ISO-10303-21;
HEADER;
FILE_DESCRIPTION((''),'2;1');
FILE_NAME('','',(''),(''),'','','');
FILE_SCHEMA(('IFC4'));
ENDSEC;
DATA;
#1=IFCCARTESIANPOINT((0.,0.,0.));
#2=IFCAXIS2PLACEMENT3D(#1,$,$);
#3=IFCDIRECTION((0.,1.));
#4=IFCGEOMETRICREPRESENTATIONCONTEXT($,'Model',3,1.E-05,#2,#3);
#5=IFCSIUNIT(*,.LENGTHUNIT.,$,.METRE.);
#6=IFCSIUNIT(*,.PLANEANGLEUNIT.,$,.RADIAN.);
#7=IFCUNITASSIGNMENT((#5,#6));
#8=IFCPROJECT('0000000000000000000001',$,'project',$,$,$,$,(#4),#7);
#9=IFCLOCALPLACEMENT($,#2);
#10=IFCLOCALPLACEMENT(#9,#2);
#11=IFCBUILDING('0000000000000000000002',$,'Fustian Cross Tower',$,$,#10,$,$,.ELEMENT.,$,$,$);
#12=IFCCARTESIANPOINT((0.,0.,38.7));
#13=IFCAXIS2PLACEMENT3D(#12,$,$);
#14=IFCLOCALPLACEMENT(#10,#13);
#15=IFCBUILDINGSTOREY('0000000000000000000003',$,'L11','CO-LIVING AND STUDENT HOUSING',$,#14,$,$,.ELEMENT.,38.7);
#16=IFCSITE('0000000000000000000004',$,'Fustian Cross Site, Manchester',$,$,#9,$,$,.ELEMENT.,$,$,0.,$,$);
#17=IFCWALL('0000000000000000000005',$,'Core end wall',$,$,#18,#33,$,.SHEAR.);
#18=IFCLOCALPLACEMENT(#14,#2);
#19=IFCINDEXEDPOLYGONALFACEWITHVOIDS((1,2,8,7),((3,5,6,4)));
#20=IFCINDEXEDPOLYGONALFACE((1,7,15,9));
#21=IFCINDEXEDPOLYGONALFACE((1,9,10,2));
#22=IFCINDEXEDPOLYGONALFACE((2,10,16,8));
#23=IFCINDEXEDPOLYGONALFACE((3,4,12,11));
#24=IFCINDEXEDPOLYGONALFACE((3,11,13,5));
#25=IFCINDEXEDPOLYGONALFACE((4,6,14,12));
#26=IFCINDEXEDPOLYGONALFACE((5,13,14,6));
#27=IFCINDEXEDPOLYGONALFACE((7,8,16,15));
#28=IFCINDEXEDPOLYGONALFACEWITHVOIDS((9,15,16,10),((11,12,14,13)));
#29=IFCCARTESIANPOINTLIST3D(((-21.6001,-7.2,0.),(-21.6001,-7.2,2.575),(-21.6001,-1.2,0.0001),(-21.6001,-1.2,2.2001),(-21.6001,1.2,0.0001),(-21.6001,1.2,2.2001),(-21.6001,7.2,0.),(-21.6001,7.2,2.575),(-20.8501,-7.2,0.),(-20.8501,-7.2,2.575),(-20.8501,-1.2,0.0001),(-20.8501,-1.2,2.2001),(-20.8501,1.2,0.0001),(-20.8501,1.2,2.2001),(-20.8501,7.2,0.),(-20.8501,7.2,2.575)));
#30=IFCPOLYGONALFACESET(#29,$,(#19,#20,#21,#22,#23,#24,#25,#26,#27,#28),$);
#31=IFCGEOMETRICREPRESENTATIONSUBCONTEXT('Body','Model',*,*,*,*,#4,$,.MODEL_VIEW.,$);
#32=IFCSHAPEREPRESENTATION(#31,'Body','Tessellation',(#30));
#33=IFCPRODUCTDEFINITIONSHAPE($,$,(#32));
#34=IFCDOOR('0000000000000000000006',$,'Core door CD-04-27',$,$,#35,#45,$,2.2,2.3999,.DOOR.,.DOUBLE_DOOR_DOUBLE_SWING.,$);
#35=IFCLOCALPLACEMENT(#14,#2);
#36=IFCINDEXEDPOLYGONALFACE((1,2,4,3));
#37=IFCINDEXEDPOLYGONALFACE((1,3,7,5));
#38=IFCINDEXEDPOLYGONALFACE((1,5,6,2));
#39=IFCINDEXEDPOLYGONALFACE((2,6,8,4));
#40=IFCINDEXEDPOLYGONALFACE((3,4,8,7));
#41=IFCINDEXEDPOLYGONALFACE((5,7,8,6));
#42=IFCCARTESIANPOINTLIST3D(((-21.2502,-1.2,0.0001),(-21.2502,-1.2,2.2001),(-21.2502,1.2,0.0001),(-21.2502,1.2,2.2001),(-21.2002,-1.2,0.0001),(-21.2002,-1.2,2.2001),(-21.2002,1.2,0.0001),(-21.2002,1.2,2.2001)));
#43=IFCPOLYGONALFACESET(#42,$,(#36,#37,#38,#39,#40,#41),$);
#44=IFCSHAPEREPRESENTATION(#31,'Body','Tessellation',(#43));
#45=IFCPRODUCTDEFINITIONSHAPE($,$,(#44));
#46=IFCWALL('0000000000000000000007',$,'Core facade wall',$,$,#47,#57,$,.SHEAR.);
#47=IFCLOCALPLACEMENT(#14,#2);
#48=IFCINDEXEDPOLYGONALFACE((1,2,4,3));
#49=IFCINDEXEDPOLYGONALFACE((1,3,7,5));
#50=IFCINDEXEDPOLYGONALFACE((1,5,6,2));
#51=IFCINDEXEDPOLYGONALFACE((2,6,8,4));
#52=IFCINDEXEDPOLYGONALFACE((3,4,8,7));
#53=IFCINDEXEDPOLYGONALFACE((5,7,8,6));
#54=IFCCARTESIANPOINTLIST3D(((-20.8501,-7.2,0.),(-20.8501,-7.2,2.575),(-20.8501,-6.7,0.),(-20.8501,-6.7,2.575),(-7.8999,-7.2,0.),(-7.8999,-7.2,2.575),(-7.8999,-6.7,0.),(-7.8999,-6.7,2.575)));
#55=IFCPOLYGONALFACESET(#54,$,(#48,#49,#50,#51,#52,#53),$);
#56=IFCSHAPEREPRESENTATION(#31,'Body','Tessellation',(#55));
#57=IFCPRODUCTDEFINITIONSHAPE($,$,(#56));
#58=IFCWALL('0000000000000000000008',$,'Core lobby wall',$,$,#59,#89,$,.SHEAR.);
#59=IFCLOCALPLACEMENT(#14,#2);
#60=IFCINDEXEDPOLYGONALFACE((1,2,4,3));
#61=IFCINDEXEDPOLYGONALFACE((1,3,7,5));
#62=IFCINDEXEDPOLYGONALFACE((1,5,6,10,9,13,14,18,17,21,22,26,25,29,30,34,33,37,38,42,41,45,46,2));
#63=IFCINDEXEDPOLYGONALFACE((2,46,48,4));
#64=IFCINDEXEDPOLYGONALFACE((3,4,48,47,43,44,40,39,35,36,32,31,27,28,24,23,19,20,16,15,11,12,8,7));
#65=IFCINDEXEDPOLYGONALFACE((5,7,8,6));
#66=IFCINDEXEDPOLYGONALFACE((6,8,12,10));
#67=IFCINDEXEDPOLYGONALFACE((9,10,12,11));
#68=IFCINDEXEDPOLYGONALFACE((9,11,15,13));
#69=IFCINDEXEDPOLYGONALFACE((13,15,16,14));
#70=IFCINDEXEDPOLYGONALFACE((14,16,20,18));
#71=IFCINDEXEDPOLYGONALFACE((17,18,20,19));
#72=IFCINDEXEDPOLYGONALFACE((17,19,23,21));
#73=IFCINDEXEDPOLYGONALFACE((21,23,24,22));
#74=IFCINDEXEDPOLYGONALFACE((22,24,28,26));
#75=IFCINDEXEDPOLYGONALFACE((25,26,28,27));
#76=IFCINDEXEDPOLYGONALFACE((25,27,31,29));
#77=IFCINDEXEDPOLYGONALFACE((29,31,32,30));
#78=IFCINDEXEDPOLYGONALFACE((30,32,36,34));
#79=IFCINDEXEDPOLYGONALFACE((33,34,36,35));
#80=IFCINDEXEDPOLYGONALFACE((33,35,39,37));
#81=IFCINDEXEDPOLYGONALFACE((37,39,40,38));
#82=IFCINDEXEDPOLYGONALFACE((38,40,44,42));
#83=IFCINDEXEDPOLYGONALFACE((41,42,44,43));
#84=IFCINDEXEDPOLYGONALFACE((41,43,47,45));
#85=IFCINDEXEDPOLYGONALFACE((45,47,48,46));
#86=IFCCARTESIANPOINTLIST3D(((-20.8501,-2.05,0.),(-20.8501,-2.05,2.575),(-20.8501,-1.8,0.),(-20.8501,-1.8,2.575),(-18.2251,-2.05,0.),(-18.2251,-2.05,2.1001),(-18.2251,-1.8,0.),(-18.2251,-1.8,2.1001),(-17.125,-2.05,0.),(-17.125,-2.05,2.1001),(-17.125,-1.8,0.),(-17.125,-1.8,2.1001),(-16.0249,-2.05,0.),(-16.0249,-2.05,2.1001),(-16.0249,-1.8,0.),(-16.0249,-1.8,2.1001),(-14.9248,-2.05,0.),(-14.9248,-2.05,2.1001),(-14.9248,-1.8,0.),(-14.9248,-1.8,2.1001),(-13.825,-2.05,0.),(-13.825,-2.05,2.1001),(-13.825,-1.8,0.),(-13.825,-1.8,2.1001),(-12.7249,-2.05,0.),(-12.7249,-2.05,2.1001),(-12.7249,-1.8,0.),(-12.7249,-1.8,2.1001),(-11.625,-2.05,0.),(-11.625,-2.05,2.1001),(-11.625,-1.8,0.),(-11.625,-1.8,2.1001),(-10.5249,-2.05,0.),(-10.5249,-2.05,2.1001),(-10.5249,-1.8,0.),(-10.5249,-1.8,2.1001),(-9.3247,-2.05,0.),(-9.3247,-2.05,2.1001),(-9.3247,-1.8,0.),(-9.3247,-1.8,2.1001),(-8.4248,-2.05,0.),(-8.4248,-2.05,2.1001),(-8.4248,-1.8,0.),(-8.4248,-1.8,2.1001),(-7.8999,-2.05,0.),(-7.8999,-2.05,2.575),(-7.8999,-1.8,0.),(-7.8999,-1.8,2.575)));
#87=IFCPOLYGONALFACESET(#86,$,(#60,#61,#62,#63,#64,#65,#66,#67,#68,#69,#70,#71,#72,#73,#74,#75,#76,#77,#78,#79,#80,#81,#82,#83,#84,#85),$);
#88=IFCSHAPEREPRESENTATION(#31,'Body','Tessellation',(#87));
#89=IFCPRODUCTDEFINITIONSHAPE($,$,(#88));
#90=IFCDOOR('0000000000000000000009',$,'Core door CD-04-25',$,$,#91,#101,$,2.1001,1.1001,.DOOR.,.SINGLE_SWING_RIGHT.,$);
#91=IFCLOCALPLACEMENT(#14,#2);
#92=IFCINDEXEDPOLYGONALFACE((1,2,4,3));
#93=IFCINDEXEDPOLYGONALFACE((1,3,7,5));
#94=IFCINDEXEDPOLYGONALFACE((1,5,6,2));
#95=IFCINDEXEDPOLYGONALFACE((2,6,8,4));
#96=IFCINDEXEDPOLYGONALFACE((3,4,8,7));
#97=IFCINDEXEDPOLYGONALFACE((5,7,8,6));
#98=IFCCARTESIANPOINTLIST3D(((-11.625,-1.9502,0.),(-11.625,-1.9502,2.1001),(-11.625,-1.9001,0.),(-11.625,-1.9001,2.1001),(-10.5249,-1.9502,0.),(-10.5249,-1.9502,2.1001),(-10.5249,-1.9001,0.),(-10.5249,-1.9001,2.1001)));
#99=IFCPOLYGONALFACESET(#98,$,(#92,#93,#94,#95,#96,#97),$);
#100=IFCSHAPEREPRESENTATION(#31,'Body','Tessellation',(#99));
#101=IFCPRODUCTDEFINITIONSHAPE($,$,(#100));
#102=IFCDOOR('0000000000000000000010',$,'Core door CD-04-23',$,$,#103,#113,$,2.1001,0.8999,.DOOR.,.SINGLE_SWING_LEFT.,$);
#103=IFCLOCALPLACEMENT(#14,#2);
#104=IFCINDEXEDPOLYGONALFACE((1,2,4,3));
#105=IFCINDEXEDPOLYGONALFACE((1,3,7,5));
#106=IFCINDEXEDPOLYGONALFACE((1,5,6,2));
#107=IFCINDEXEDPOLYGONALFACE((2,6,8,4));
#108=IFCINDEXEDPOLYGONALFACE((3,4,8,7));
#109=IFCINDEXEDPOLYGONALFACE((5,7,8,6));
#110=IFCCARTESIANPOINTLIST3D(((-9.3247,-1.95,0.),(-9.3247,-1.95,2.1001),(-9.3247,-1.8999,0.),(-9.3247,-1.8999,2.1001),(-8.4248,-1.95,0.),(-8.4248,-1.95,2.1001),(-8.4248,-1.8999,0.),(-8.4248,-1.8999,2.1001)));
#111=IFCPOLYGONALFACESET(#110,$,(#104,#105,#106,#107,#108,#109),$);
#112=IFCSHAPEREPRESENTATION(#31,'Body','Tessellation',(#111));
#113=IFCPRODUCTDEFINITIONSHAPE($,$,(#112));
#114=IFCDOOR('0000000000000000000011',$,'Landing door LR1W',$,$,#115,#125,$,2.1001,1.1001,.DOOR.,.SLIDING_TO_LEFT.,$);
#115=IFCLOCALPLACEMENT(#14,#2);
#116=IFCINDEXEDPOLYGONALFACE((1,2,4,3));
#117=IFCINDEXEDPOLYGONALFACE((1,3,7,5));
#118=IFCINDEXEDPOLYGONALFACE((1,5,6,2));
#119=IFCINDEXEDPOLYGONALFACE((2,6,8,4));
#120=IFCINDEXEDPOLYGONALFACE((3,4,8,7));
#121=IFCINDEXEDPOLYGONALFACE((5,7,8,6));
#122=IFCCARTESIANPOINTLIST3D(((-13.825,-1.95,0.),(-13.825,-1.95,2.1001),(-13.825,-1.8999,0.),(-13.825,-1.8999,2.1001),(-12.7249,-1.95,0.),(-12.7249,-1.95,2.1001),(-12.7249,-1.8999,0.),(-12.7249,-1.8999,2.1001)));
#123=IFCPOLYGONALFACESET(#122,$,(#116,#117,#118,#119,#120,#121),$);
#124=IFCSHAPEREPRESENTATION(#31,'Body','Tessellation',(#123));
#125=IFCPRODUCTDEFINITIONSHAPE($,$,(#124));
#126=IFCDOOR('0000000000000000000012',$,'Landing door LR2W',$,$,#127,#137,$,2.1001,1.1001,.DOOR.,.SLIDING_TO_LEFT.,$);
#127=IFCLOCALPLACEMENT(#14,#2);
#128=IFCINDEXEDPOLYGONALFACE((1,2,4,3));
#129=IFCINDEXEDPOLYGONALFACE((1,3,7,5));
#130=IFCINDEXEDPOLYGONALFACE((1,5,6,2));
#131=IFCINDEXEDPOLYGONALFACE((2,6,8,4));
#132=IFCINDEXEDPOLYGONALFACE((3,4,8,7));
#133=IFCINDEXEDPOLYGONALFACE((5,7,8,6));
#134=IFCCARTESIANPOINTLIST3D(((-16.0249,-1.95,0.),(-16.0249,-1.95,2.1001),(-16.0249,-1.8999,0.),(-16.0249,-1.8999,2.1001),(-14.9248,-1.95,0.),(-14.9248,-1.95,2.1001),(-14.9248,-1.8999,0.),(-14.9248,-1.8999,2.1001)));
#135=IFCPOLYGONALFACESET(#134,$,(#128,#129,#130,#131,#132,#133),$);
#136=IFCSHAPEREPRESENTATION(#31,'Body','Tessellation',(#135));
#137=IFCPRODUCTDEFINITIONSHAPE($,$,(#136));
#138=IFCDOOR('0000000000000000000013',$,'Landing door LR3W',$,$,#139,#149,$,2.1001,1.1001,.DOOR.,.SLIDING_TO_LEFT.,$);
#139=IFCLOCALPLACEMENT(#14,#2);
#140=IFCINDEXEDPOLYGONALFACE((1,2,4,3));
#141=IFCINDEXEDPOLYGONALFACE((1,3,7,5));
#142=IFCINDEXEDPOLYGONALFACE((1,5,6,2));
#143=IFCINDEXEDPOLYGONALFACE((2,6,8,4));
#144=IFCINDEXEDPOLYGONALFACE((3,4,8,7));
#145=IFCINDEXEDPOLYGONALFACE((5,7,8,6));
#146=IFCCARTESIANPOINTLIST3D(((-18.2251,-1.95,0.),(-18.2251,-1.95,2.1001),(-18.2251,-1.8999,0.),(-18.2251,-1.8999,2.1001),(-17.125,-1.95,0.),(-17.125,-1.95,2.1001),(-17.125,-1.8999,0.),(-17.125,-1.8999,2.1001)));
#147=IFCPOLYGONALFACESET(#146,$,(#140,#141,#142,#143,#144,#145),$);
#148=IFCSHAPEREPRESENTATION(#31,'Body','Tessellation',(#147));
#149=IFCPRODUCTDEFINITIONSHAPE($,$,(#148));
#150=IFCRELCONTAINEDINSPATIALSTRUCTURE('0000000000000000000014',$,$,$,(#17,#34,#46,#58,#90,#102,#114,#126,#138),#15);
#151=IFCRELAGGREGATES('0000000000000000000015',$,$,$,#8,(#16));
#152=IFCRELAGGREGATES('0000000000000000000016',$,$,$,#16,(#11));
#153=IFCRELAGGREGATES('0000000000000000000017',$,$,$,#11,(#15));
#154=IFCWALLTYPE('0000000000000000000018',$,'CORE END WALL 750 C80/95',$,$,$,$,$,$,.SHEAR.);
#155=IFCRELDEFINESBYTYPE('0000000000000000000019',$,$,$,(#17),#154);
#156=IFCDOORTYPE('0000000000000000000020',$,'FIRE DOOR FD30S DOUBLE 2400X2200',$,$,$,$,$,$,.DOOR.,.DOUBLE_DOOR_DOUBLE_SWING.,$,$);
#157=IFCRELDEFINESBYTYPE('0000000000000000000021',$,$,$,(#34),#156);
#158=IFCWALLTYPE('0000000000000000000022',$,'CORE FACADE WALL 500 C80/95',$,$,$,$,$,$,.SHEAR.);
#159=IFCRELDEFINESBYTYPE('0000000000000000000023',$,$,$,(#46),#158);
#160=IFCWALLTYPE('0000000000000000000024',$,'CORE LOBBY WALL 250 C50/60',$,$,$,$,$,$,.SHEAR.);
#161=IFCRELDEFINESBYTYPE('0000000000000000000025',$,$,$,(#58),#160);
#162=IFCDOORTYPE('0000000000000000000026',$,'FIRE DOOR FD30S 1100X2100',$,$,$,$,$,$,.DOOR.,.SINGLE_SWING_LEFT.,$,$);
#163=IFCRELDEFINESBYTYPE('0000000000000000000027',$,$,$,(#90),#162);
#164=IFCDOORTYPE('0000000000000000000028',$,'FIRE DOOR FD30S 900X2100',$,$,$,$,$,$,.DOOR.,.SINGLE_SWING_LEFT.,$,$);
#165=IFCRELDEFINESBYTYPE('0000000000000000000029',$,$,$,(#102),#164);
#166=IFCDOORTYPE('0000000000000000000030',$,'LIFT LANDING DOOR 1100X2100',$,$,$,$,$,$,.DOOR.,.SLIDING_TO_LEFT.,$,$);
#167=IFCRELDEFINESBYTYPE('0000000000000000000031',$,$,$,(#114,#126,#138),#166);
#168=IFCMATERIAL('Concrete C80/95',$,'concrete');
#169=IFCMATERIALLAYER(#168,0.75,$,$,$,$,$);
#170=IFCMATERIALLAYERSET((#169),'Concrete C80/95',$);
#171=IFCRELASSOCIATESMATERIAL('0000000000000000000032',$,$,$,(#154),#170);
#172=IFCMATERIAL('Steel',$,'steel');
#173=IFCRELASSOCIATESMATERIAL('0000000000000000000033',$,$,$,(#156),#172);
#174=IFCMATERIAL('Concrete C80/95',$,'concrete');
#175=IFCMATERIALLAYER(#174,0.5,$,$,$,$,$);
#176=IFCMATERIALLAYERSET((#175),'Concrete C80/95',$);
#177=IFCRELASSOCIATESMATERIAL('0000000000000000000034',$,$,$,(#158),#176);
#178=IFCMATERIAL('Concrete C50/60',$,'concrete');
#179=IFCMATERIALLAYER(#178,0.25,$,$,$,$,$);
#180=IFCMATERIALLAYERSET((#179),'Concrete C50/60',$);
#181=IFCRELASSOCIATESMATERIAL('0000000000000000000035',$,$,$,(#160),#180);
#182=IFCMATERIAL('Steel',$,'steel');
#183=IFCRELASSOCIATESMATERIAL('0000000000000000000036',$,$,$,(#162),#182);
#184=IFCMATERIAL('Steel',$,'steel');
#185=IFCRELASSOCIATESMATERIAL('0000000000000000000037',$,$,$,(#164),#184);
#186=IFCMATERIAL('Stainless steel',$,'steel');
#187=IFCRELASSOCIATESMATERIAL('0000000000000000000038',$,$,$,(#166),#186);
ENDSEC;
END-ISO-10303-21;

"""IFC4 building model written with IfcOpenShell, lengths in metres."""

from ifc_helpers import new_model, si_unit, direction, frame, frame_2d, origin, place, context, subcontext, project, spatial, rectangle, extrude, material, layer, layer_set, type_object, element, fill, save


model = new_model("IFC4")

# Units and contexts
model_context = context("Model", 3, precision=1e-05, world=origin(), true_north=direction((0.0, 1.0)))
body_context = subcontext(model_context, "Body", "Model", "MODEL_VIEW")
ifc_project = project(units=[si_unit("LENGTHUNIT", "METRE"), si_unit("PLANEANGLEUNIT", "RADIAN")], contexts=[model_context])

# Site, building, storey
site_placement = place(None, origin())
site = spatial("IfcSite", under=ifc_project, at=site_placement, Name="Fustian Cross Site, Manchester", CompositionType="ELEMENT", RefElevation=0.0)
building_placement = place(site_placement, origin())
building = spatial("IfcBuilding", under=site, at=building_placement, Name="Fustian Cross Tower", CompositionType="ELEMENT")
storey_placement = place(building_placement, frame((0.0, 0.0, 38.7)))
storey = spatial("IfcBuildingStorey", under=building, at=storey_placement, Name="L11", Description="CO-LIVING AND STUDENT HOUSING", CompositionType="ELEMENT", Elevation=38.7)

# Wall, opening, door
ifc_material_1 = material(Name="Concrete C80/95", Category="concrete")
ifc_layer_1 = layer(ifc_material_1, 0.75)
ifc_layer_set_1 = layer_set([ifc_layer_1], Name="Concrete C80/95")
wall_type_1 = type_object("IfcWallType", Name="CORE END WALL 750 C80/95", PredefinedType="SHEAR", material=ifc_layer_set_1)
wall_1_placement = place(storey_placement, frame((-21.2251, -7.2, 0.0), z_axis=(0.0, 0.0, 1.0), x_axis=(0.0, 1.0, 0.0)))
wall_1 = element("IfcWall", 1, at=wall_1_placement, inside=storey, type_object=wall_type_1, Name="Core end wall", PredefinedType="SHEAR", context=body_context, shape_type="SweptSolid", body=[
    extrude(rectangle(XDim=14.3999, YDim=0.75, at=frame_2d((7.2, 0.0))), origin(), (0.0, 0.0, 1.0), 2.575),
])
opening_1_placement = place(wall_1_placement, frame((6.0, 0.0, 0.0)))
opening_1 = element("IfcOpeningElement", 2, at=opening_1_placement, cuts=wall_1, PredefinedType="OPENING", context=body_context, shape_type="SweptSolid", body=[
    extrude(rectangle(XDim=2.3999, YDim=2.2, at=frame_2d((1.2, 1.1001))), frame((0.0, 0.385, 0.0), z_axis=(0.0, -1.0, 0.0), x_axis=(1.0, 0.0, 0.0)), (0.0, 0.0, 1.0), 0.77),
])
ifc_material_2 = material(Name="Steel", Category="steel")
door_type_1 = type_object("IfcDoorType", Name="FIRE DOOR FD30S DOUBLE 2400X2200", OperationType="DOUBLE_DOOR_DOUBLE_SWING", PredefinedType="DOOR", material=ifc_material_2)
door_1_placement = place(opening_1_placement, frame((2.3999, 0.0, 0.0), z_axis=(0.0, 0.0, 1.0), x_axis=(-1.0, 0.0, 0.0)))
door_1 = element("IfcDoor", 3, at=door_1_placement, inside=storey, type_object=door_type_1, Name="Core door CD-04-27", OperationType="DOUBLE_DOOR_DOUBLE_SWING", OverallHeight=2.2, OverallWidth=2.3999, PredefinedType="DOOR", context=body_context, shape_type="SweptSolid", body=[
    extrude(rectangle(XDim=2.3999, YDim=2.2, at=frame_2d((1.2, 1.1001))), frame((0.0, 0.0249, 0.0), z_axis=(0.0, -1.0, 0.0), x_axis=(1.0, 0.0, 0.0)), (0.0, 0.0, 1.0), 0.05),
])
fill(opening_1, door_1)

# Wall
ifc_material_3 = material(Name="Concrete C80/95", Category="concrete")
ifc_layer_2 = layer(ifc_material_3, 0.5)
ifc_layer_set_2 = layer_set([ifc_layer_2], Name="Concrete C80/95")
wall_type_2 = type_object("IfcWallType", Name="CORE FACADE WALL 500 C80/95", PredefinedType="SHEAR", material=ifc_layer_set_2)
wall_2_placement = place(storey_placement, frame((-7.8999, -6.95, 0.0), z_axis=(0.0, 0.0, 1.0), x_axis=(-1.0, 0.0, 0.0)))
element("IfcWall", 4, at=wall_2_placement, inside=storey, type_object=wall_type_2, Name="Core facade wall", PredefinedType="SHEAR", context=body_context, shape_type="SweptSolid", body=[
    extrude(rectangle(XDim=12.9502, YDim=0.5, at=frame_2d((6.4751, 0.0))), origin(), (0.0, 0.0, 1.0), 2.575),
])

# Wall, openings, doors
ifc_material_4 = material(Name="Concrete C50/60", Category="concrete")
ifc_layer_3 = layer(ifc_material_4, 0.25)
ifc_layer_set_3 = layer_set([ifc_layer_3], Name="Concrete C50/60")
wall_type_3 = type_object("IfcWallType", Name="CORE LOBBY WALL 250 C50/60", PredefinedType="SHEAR", material=ifc_layer_set_3)
wall_3_placement = place(storey_placement, frame((-7.8999, -1.925, 0.0), z_axis=(0.0, 0.0, 1.0), x_axis=(-1.0, 0.0, 0.0)))
wall_3 = element("IfcWall", 5, at=wall_3_placement, inside=storey, type_object=wall_type_3, Name="Core lobby wall", PredefinedType="SHEAR", context=body_context, shape_type="SweptSolid", body=[
    extrude(rectangle(XDim=12.9502, YDim=0.25, at=frame_2d((6.4751, 0.0))), origin(), (0.0, 0.0, 1.0), 2.575),
])
opening_2_placement = place(wall_3_placement, frame((4.825, 0.0, 0.0)))
opening_2 = element("IfcOpeningElement", 6, at=opening_2_placement, cuts=wall_3, PredefinedType="OPENING", context=body_context, shape_type="SweptSolid", body=[
    extrude(rectangle(XDim=1.1001, YDim=2.1001, at=frame_2d((0.55, 1.05))), frame((0.0, 0.135, 0.0), z_axis=(0.0, -1.0, 0.0), x_axis=(1.0, 0.0, 0.0)), (0.0, 0.0, 1.0), 0.27),
])
opening_3_placement = place(wall_3_placement, frame((7.0249, 0.0, 0.0)))
opening_3 = element("IfcOpeningElement", 7, at=opening_3_placement, cuts=wall_3, PredefinedType="OPENING", context=body_context, shape_type="SweptSolid", body=[
    extrude(rectangle(XDim=1.1001, YDim=2.1001, at=frame_2d((0.55, 1.05))), frame((0.0, 0.135, 0.0), z_axis=(0.0, -1.0, 0.0), x_axis=(1.0, 0.0, 0.0)), (0.0, 0.0, 1.0), 0.27),
])
opening_4_placement = place(wall_3_placement, frame((9.2251, 0.0, 0.0)))
opening_4 = element("IfcOpeningElement", 8, at=opening_4_placement, cuts=wall_3, PredefinedType="OPENING", context=body_context, shape_type="SweptSolid", body=[
    extrude(rectangle(XDim=1.1001, YDim=2.1001, at=frame_2d((0.55, 1.05))), frame((0.0, 0.135, 0.0), z_axis=(0.0, -1.0, 0.0), x_axis=(1.0, 0.0, 0.0)), (0.0, 0.0, 1.0), 0.27),
])
opening_5_placement = place(wall_3_placement, frame((0.5249, 0.0, 0.0)))
opening_5 = element("IfcOpeningElement", 9, at=opening_5_placement, cuts=wall_3, PredefinedType="OPENING", context=body_context, shape_type="SweptSolid", body=[
    extrude(rectangle(XDim=0.8999, YDim=2.1001, at=frame_2d((0.45, 1.05))), frame((0.0, 0.135, 0.0), z_axis=(0.0, -1.0, 0.0), x_axis=(1.0, 0.0, 0.0)), (0.0, 0.0, 1.0), 0.27),
])
opening_6_placement = place(wall_3_placement, frame((2.625, 0.0, 0.0)))
opening_6 = element("IfcOpeningElement", 10, at=opening_6_placement, cuts=wall_3, PredefinedType="OPENING", context=body_context, shape_type="SweptSolid", body=[
    extrude(rectangle(XDim=1.1001, YDim=2.1001, at=frame_2d((0.55, 1.05))), frame((0.0, 0.135, 0.0), z_axis=(0.0, -1.0, 0.0), x_axis=(1.0, 0.0, 0.0)), (0.0, 0.0, 1.0), 0.27),
])
ifc_material_5 = material(Name="Steel", Category="steel")
door_type_2 = type_object("IfcDoorType", Name="FIRE DOOR FD30S 1100X2100", OperationType="SINGLE_SWING_LEFT", PredefinedType="DOOR", material=ifc_material_5)
door_2_placement = place(opening_6_placement, frame((1.1001, 0.0, 0.0), z_axis=(0.0, 0.0, 1.0), x_axis=(-1.0, 0.0, 0.0)))
door_2 = element("IfcDoor", 11, at=door_2_placement, inside=storey, type_object=door_type_2, Name="Core door CD-04-25", OperationType="SINGLE_SWING_RIGHT", OverallHeight=2.1001, OverallWidth=1.1001, PredefinedType="DOOR", context=body_context, shape_type="SweptSolid", body=[
    extrude(rectangle(XDim=1.1001, YDim=2.1001, at=frame_2d((0.55, 1.05))), frame((0.0, 0.0249, 0.0), z_axis=(0.0, -1.0, 0.0), x_axis=(1.0, 0.0, 0.0)), (0.0, 0.0, 1.0), 0.05),
])
fill(opening_6, door_2)
ifc_material_6 = material(Name="Steel", Category="steel")
door_type_3 = type_object("IfcDoorType", Name="FIRE DOOR FD30S 900X2100", OperationType="SINGLE_SWING_LEFT", PredefinedType="DOOR", material=ifc_material_6)
door_3_placement = place(opening_5_placement, origin())
door_3 = element("IfcDoor", 12, at=door_3_placement, inside=storey, type_object=door_type_3, Name="Core door CD-04-23", OperationType="SINGLE_SWING_LEFT", OverallHeight=2.1001, OverallWidth=0.8999, PredefinedType="DOOR", context=body_context, shape_type="SweptSolid", body=[
    extrude(rectangle(XDim=0.8999, YDim=2.1001, at=frame_2d((0.45, 1.05))), frame((0.0, 0.0249, 0.0), z_axis=(0.0, -1.0, 0.0), x_axis=(1.0, 0.0, 0.0)), (0.0, 0.0, 1.0), 0.05),
])
fill(opening_5, door_3)
ifc_material_7 = material(Name="Stainless steel", Category="steel")
door_type_4 = type_object("IfcDoorType", Name="LIFT LANDING DOOR 1100X2100", OperationType="SLIDING_TO_LEFT", PredefinedType="DOOR", material=ifc_material_7)
door_4_placement = place(opening_2_placement, origin())
door_4 = element("IfcDoor", 13, at=door_4_placement, inside=storey, type_object=door_type_4, Name="Landing door LR1W", OperationType="SLIDING_TO_LEFT", OverallHeight=2.1001, OverallWidth=1.1001, PredefinedType="DOOR", context=body_context, shape_type="SweptSolid", body=[
    extrude(rectangle(XDim=1.1001, YDim=2.1001, at=frame_2d((0.55, 1.05))), frame((0.0, 0.0249, 0.0), z_axis=(0.0, -1.0, 0.0), x_axis=(1.0, 0.0, 0.0)), (0.0, 0.0, 1.0), 0.05),
])
fill(opening_2, door_4)
door_5_placement = place(opening_3_placement, origin())
door_5 = element("IfcDoor", 14, at=door_5_placement, inside=storey, type_object=door_type_4, Name="Landing door LR2W", OperationType="SLIDING_TO_LEFT", OverallHeight=2.1001, OverallWidth=1.1001, PredefinedType="DOOR", context=body_context, shape_type="SweptSolid", body=[
    extrude(rectangle(XDim=1.1001, YDim=2.1001, at=frame_2d((0.55, 1.05))), frame((0.0, 0.0249, 0.0), z_axis=(0.0, -1.0, 0.0), x_axis=(1.0, 0.0, 0.0)), (0.0, 0.0, 1.0), 0.05),
])
fill(opening_3, door_5)
door_6_placement = place(opening_4_placement, origin())
door_6 = element("IfcDoor", 15, at=door_6_placement, inside=storey, type_object=door_type_4, Name="Landing door LR3W", OperationType="SLIDING_TO_LEFT", OverallHeight=2.1001, OverallWidth=1.1001, PredefinedType="DOOR", context=body_context, shape_type="SweptSolid", body=[
    extrude(rectangle(XDim=1.1001, YDim=2.1001, at=frame_2d((0.55, 1.05))), frame((0.0, 0.0249, 0.0), z_axis=(0.0, -1.0, 0.0), x_axis=(1.0, 0.0, 0.0)), (0.0, 0.0, 1.0), 0.05),
])
fill(opening_4, door_6)

save(model, "model.ifc")
